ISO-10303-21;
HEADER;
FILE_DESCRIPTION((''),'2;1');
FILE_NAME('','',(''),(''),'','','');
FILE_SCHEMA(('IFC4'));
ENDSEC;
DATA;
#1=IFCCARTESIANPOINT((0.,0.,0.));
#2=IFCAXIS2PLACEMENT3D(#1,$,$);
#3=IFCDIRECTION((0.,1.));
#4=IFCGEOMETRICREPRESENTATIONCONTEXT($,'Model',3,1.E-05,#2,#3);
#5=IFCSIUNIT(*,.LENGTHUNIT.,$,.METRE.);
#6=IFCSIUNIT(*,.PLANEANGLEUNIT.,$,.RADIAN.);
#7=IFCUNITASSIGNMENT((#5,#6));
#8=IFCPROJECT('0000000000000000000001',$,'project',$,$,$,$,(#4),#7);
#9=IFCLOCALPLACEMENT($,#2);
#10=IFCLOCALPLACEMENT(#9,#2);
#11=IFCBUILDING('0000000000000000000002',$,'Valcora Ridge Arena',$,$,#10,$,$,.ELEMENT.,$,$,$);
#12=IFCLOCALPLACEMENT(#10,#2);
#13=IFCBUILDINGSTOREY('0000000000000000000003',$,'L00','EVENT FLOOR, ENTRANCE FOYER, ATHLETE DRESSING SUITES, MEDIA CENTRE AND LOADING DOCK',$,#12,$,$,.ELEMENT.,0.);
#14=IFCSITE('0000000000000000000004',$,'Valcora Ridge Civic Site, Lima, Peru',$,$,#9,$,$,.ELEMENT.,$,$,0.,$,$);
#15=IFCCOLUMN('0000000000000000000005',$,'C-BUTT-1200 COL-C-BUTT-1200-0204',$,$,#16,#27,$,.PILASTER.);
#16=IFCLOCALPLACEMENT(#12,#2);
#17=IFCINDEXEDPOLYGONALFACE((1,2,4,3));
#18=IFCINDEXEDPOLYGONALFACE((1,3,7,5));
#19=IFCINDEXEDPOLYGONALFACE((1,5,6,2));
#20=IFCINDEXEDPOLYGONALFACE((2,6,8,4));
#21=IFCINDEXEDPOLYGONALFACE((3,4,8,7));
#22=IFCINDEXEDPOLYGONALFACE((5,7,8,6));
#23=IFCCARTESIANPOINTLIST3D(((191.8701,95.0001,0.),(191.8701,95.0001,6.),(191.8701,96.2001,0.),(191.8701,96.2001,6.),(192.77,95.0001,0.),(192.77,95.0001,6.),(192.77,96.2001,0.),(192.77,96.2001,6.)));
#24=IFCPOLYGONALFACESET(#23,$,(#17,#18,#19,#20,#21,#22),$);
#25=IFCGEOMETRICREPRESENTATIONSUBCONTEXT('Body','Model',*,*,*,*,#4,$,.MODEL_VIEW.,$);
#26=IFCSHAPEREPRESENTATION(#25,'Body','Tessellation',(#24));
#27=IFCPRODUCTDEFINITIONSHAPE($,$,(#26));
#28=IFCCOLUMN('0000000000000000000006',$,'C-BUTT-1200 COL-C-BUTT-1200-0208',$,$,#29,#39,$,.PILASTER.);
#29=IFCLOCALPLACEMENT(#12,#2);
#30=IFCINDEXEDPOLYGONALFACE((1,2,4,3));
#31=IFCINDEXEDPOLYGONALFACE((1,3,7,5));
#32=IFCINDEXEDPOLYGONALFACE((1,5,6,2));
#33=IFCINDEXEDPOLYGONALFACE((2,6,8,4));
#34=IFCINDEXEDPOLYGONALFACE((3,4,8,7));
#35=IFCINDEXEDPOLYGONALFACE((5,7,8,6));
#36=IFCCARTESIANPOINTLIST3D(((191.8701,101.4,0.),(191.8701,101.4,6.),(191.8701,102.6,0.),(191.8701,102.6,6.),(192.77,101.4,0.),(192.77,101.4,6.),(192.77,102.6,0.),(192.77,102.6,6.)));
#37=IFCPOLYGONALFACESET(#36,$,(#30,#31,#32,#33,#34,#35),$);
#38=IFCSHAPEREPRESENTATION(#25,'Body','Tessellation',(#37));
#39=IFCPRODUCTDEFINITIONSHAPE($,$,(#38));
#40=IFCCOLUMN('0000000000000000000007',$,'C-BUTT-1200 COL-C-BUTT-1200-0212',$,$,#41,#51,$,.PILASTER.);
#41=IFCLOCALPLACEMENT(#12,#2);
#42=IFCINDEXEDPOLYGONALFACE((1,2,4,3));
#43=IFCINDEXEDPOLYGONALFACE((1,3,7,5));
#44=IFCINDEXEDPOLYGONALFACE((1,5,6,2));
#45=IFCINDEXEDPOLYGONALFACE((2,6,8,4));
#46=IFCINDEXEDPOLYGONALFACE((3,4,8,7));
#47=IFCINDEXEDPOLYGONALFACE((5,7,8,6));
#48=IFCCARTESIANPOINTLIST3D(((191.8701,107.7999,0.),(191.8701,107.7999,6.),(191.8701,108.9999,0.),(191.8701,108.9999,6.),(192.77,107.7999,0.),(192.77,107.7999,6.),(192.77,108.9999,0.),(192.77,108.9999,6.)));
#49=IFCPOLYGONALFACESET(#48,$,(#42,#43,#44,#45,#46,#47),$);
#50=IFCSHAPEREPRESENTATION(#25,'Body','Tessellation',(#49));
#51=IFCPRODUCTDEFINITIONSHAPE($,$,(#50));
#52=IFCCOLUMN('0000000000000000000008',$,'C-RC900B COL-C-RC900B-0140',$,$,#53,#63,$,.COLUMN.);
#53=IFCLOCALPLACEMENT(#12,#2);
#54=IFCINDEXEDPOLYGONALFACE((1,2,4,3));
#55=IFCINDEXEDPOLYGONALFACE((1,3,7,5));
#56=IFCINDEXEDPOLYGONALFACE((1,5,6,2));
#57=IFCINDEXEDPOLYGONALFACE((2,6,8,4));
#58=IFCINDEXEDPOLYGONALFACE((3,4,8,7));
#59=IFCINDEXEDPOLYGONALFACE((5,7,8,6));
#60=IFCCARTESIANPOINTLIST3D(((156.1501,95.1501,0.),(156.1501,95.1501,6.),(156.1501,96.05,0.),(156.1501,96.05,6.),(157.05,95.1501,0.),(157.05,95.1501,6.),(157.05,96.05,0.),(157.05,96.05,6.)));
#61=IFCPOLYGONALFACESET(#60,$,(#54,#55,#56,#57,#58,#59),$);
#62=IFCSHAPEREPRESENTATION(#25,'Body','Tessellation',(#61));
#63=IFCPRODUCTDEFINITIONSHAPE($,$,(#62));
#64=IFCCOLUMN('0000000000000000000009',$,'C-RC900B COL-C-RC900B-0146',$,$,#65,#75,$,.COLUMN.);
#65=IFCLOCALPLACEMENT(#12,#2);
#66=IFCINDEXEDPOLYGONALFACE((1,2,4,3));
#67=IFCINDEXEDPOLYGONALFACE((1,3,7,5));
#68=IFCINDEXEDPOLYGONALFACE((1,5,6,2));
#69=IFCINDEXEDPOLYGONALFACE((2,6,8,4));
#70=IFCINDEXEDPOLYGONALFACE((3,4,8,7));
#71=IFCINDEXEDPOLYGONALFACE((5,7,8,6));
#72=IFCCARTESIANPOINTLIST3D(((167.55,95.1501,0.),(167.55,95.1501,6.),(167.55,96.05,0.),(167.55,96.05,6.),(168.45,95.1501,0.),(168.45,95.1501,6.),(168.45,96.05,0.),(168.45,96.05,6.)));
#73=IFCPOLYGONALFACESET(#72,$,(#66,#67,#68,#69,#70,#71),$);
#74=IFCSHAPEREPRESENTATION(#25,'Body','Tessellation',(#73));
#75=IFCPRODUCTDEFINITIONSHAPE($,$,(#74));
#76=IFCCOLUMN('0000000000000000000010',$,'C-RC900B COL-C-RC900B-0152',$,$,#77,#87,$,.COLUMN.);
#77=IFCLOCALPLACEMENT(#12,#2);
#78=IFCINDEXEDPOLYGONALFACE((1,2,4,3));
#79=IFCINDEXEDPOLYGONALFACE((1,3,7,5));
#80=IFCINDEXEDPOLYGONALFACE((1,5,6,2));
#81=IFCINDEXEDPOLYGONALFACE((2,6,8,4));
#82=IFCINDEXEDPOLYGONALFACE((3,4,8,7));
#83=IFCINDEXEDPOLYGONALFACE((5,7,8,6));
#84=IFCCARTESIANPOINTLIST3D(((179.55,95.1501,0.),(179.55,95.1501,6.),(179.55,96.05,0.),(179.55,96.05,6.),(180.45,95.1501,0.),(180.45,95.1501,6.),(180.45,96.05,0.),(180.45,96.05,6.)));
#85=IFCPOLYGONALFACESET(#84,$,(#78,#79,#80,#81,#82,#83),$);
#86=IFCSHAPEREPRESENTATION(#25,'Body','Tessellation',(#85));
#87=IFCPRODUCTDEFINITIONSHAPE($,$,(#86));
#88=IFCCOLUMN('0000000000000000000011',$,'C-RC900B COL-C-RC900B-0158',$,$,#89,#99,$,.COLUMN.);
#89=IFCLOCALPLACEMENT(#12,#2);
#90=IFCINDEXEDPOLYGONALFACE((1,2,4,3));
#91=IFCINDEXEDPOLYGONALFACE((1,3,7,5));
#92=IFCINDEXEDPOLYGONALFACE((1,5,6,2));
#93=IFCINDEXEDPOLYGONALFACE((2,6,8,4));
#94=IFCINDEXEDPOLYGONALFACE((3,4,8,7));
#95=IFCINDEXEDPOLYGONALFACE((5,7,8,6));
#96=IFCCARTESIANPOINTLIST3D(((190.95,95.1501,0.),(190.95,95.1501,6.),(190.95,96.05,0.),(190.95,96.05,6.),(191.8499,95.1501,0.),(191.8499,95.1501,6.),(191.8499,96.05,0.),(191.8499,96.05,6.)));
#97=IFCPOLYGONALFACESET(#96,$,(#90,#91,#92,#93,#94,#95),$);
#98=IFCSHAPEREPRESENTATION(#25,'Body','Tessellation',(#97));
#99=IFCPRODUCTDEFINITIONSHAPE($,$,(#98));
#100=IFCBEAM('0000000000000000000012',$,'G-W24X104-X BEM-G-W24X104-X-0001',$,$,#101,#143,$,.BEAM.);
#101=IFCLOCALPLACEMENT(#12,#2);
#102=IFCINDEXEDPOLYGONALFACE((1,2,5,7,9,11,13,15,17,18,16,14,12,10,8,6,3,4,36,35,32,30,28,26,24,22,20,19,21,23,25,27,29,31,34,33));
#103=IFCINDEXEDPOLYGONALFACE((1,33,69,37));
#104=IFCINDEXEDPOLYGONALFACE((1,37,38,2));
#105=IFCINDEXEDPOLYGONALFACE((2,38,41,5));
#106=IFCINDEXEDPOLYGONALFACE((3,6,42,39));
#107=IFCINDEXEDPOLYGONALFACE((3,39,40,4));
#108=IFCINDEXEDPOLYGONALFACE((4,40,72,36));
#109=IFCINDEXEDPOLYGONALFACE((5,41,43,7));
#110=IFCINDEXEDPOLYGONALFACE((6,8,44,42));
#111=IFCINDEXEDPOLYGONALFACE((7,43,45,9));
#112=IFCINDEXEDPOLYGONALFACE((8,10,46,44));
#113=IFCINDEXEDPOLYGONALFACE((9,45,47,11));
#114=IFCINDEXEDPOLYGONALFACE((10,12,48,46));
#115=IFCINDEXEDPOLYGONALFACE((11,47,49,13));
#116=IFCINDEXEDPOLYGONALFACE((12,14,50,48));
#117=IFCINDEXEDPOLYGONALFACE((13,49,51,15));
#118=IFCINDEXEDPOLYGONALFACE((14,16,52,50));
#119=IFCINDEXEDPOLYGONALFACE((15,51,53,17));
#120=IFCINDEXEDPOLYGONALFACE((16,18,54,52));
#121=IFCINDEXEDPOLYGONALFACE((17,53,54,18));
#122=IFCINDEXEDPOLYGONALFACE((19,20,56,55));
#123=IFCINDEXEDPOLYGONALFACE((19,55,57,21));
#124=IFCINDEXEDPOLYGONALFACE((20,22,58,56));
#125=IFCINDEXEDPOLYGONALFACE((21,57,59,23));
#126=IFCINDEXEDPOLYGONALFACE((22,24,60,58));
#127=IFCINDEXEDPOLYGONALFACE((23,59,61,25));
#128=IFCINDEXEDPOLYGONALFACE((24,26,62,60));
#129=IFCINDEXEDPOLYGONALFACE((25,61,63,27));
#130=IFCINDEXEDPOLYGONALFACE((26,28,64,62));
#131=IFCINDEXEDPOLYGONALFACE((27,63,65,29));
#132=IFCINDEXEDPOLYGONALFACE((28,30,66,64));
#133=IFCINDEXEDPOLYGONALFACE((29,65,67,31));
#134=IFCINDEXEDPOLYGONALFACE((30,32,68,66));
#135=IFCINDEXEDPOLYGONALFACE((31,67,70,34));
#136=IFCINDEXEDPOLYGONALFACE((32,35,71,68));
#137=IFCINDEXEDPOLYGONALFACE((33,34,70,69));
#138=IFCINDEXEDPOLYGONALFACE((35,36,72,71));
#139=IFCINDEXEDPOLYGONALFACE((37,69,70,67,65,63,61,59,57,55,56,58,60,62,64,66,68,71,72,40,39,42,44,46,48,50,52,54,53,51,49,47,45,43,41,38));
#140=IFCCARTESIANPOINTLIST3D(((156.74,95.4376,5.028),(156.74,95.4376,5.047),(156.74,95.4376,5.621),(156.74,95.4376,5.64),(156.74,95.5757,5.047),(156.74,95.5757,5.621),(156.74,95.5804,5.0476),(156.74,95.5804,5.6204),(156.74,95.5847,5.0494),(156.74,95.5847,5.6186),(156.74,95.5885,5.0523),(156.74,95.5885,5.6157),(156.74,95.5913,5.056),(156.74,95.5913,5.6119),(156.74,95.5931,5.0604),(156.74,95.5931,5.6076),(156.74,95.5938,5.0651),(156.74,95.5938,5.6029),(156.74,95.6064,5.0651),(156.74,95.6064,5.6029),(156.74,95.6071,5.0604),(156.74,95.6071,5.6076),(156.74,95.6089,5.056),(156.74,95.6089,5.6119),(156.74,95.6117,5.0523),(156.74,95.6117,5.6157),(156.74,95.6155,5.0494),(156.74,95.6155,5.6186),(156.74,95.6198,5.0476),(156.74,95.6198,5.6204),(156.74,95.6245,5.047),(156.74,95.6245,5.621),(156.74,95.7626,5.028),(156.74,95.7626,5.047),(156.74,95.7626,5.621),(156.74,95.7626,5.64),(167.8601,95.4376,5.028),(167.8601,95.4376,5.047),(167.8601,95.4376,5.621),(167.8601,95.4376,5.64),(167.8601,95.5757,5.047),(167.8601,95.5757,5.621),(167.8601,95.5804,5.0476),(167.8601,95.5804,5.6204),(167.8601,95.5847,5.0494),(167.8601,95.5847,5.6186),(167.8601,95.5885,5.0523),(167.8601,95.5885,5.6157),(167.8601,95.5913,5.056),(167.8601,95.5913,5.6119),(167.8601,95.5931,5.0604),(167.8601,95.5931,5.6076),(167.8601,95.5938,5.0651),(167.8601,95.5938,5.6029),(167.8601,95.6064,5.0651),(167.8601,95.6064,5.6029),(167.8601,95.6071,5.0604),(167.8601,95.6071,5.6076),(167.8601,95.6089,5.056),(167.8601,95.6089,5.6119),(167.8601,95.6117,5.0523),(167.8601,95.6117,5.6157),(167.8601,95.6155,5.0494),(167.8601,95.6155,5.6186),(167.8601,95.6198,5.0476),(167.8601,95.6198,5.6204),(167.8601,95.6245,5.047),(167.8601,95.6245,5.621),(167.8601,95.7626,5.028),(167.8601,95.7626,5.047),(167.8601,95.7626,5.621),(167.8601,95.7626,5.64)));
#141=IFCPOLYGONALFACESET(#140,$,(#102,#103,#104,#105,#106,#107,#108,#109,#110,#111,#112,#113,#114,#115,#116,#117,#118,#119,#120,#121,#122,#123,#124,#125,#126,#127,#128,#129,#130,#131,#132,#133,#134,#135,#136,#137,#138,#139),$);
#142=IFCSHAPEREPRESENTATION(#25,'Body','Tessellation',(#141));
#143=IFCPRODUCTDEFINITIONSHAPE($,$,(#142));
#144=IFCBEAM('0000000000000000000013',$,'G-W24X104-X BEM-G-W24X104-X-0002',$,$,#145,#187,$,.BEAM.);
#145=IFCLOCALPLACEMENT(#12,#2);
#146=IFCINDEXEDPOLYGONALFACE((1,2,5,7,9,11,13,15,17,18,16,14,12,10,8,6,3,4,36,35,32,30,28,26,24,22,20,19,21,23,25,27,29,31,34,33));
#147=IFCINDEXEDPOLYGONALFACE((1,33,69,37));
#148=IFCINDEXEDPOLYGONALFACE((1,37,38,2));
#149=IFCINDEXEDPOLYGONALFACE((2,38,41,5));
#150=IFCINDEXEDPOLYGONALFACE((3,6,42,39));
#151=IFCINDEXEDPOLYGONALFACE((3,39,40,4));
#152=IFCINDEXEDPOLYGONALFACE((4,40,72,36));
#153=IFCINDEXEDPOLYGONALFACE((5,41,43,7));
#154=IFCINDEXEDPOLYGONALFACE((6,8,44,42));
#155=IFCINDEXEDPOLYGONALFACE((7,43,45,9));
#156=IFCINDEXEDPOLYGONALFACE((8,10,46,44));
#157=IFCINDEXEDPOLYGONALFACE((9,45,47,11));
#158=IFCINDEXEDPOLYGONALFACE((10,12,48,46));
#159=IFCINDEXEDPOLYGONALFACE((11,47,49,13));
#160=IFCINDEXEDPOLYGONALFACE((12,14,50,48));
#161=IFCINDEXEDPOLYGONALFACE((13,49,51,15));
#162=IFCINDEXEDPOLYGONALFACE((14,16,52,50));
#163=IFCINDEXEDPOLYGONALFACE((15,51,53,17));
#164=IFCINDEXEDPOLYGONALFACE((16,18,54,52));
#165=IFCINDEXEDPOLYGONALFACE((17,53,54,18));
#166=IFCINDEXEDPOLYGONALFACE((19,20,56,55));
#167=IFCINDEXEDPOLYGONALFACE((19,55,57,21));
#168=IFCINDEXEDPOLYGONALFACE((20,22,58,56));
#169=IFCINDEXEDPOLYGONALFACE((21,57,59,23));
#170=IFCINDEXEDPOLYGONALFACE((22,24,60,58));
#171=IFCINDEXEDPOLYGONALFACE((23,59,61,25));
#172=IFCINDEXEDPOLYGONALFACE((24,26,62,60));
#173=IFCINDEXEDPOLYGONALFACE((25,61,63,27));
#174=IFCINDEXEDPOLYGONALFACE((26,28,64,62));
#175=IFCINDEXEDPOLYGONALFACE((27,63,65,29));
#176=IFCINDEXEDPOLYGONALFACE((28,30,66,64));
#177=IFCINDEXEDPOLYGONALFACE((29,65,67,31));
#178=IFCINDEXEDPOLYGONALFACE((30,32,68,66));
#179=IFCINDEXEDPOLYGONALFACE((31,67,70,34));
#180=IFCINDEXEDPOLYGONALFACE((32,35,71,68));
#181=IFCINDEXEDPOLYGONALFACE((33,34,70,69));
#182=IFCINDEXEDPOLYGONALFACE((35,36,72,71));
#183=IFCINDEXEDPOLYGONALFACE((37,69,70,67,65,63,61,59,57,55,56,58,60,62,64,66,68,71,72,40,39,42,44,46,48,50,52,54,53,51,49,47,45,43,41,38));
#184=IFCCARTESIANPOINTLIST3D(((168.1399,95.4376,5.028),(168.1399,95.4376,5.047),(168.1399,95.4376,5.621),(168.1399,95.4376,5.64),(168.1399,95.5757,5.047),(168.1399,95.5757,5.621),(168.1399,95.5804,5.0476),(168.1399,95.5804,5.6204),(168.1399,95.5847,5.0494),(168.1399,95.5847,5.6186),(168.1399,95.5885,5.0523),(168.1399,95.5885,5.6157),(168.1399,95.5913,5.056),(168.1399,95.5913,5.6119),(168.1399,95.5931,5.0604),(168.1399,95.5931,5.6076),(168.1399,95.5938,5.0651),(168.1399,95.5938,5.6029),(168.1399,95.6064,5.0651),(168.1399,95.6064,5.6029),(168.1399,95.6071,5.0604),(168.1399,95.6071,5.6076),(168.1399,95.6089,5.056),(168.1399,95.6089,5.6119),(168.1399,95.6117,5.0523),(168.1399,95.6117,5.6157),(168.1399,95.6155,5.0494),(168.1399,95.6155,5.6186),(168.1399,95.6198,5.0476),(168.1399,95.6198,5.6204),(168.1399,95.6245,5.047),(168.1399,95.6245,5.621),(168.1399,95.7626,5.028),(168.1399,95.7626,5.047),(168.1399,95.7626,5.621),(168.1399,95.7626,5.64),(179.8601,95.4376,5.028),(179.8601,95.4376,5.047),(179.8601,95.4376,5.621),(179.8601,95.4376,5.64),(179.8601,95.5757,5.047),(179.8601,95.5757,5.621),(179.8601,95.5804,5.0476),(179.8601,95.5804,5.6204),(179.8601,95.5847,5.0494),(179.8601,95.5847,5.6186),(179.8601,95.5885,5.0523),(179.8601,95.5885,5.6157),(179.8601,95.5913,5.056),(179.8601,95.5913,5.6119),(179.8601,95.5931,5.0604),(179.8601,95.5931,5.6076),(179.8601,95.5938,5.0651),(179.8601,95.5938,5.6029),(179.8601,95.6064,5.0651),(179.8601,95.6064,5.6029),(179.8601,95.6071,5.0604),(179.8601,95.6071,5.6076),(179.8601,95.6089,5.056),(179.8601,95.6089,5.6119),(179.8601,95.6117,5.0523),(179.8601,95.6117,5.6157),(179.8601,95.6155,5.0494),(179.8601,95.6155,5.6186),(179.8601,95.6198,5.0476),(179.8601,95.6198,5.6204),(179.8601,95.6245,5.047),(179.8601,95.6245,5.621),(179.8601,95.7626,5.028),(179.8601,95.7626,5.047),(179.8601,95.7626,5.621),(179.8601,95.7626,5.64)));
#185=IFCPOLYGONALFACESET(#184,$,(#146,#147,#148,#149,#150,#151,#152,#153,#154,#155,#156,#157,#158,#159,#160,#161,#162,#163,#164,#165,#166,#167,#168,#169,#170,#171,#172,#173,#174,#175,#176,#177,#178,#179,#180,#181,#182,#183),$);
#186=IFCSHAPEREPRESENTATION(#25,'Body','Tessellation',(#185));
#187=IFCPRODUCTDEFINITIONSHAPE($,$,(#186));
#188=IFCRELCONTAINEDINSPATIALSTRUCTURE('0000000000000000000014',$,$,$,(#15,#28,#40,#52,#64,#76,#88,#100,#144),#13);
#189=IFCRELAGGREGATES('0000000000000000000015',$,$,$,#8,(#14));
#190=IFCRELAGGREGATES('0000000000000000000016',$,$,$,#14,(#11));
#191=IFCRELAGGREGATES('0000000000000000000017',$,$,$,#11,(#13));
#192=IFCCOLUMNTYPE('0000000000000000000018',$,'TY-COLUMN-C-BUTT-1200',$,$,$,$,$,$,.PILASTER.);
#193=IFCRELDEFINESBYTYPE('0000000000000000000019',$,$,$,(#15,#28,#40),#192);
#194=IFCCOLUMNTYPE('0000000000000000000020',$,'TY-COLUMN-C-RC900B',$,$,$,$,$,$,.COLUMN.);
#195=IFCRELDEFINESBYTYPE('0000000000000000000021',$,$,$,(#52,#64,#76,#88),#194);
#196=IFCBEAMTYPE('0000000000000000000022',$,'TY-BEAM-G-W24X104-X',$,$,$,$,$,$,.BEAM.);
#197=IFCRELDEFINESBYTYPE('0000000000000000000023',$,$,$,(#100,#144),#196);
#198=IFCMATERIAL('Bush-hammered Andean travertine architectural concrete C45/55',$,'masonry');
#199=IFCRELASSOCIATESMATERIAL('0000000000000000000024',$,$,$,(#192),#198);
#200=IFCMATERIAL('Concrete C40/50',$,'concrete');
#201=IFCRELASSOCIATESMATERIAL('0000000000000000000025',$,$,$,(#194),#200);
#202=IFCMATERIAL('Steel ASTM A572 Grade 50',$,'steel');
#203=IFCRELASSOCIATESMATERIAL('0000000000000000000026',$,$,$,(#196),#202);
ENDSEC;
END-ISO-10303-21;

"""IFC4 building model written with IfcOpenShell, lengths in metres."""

from ifc_helpers import new_model, si_unit, direction, frame, origin, origin_2d, place, context, subcontext, project, spatial, rectangle, i_section, extrude, material, material_profile, profile_set, type_object, element, save


model = new_model("IFC4")

# Units and contexts
model_context = context("Model", 3, precision=1e-05, world=origin(), true_north=direction((0.0, 1.0)))
body_context = subcontext(model_context, "Body", "Model", "MODEL_VIEW")
ifc_project = project(units=[si_unit("LENGTHUNIT", "METRE"), si_unit("PLANEANGLEUNIT", "RADIAN")], contexts=[model_context])

# Site, building, storey
site_placement = place(None, origin())
site = spatial("IfcSite", under=ifc_project, at=site_placement, Name="Valcora Ridge Civic Site, Lima, Peru", CompositionType="ELEMENT", RefElevation=0.0)
building_placement = place(site_placement, origin())
building = spatial("IfcBuilding", under=site, at=building_placement, Name="Valcora Ridge Arena", CompositionType="ELEMENT")
storey_placement = place(building_placement, origin())
storey = spatial("IfcBuildingStorey", under=building, at=storey_placement, Name="L00", Description="EVENT FLOOR, ENTRANCE FOYER, ATHLETE DRESSING SUITES, MEDIA CENTRE AND LOADING DOCK", CompositionType="ELEMENT", Elevation=0.0)

# Columns
ifc_material_1 = material(Name="Bush-hammered Andean travertine architectural concrete C45/55", Category="masonry")
ifc_material_profile_1 = material_profile(ifc_material_1, rectangle(XDim=0.8999, YDim=1.2, at=origin_2d()), Name="RC 900x1200")
ifc_profile_set_1 = profile_set([ifc_material_profile_1], Name="Bush-hammered Andean travertine architectural concrete C45/55")
column_type_1 = type_object("IfcColumnType", Name="TY-COLUMN-C-BUTT-1200", PredefinedType="PILASTER", material=ifc_profile_set_1)
for number, where, z_axis, x_axis, name in (
    (1, (192.3201, 95.6001, 0.0), (0.0, 0.0, 1.0), (1.0, 0.0, 0.0), "C-BUTT-1200 COL-C-BUTT-1200-0204"),
    (2, (192.3201, 102.0, 0.0), (0.0, 0.0, 1.0), (1.0, 0.0, 0.0), "C-BUTT-1200 COL-C-BUTT-1200-0208"),
    (3, (192.3201, 108.3999, 0.0), (0.0, 0.0, 1.0), (1.0, 0.0, 0.0), "C-BUTT-1200 COL-C-BUTT-1200-0212"),
):
    element("IfcColumn", number, at=place(storey_placement, frame(where, z_axis=z_axis, x_axis=x_axis)), inside=storey, type_object=column_type_1, Name=name, PredefinedType="PILASTER", context=body_context, shape_type="SweptSolid", body=[
        extrude(rectangle(XDim=0.8999, YDim=1.2, at=origin_2d()), origin(), (0.0, 0.0, 1.0), 6.0),
    ])
ifc_material_2 = material(Name="Concrete C40/50", Category="concrete")
ifc_material_profile_2 = material_profile(ifc_material_2, rectangle(XDim=0.8999, YDim=0.8999, at=origin_2d()), Name="RC 900x900")
ifc_profile_set_2 = profile_set([ifc_material_profile_2], Name="Concrete C40/50")
column_type_2 = type_object("IfcColumnType", Name="TY-COLUMN-C-RC900B", PredefinedType="COLUMN", material=ifc_profile_set_2)
for number, where, z_axis, x_axis, name in (
    (4, (156.6001, 95.6001, 0.0), (0.0, 0.0, 1.0), (1.0, 0.0, 0.0), "C-RC900B COL-C-RC900B-0140"),
    (5, (168.0, 95.6001, 0.0), (0.0, 0.0, 1.0), (1.0, 0.0, 0.0), "C-RC900B COL-C-RC900B-0146"),
    (6, (180.0, 95.6001, 0.0), (0.0, 0.0, 1.0), (1.0, 0.0, 0.0), "C-RC900B COL-C-RC900B-0152"),
    (7, (191.3999, 95.6001, 0.0), (0.0, 0.0, 1.0), (1.0, 0.0, 0.0), "C-RC900B COL-C-RC900B-0158"),
):
    element("IfcColumn", number, at=place(storey_placement, frame(where, z_axis=z_axis, x_axis=x_axis)), inside=storey, type_object=column_type_2, Name=name, PredefinedType="COLUMN", context=body_context, shape_type="SweptSolid", body=[
        extrude(rectangle(XDim=0.8999, YDim=0.8999, at=origin_2d()), origin(), (0.0, 0.0, 1.0), 6.0),
    ])

# Beams
ifc_material_3 = material(Name="Steel ASTM A572 Grade 50", Category="steel")
ifc_material_profile_3 = material_profile(ifc_material_3, i_section(OverallWidth=0.325, OverallDepth=0.6121, WebThickness=0.0127, FlangeThickness=0.019, FilletRadius=0.0181, at=origin_2d()), Name="W24X104")
ifc_profile_set_3 = profile_set([ifc_material_profile_3], Name="Steel ASTM A572 Grade 50")
beam_type_1 = type_object("IfcBeamType", Name="TY-BEAM-G-W24X104-X", PredefinedType="BEAM", material=ifc_profile_set_3)
beam_1_placement = place(storey_placement, frame((156.74, 95.6001, 5.334), z_axis=(1.0, 0.0, 0.0), x_axis=(0.0, 1.0, 0.0)))
element("IfcBeam", 8, at=beam_1_placement, inside=storey, type_object=beam_type_1, Name="G-W24X104-X BEM-G-W24X104-X-0001", PredefinedType="BEAM", context=body_context, shape_type="SweptSolid", body=[
    extrude(i_section(OverallWidth=0.325, OverallDepth=0.6121, WebThickness=0.0127, FlangeThickness=0.019, FilletRadius=0.0181, at=origin_2d()), origin(), (0.0, 0.0, 1.0), 11.1201),
])
beam_2_placement = place(storey_placement, frame((168.1399, 95.6001, 5.334), z_axis=(1.0, 0.0, 0.0), x_axis=(0.0, 1.0, 0.0)))
element("IfcBeam", 9, at=beam_2_placement, inside=storey, type_object=beam_type_1, Name="G-W24X104-X BEM-G-W24X104-X-0002", PredefinedType="BEAM", context=body_context, shape_type="SweptSolid", body=[
    extrude(i_section(OverallWidth=0.325, OverallDepth=0.6121, WebThickness=0.0127, FlangeThickness=0.019, FilletRadius=0.0181, at=origin_2d()), origin(), (0.0, 0.0, 1.0), 11.7202),
])

save(model, "model.ifc")
